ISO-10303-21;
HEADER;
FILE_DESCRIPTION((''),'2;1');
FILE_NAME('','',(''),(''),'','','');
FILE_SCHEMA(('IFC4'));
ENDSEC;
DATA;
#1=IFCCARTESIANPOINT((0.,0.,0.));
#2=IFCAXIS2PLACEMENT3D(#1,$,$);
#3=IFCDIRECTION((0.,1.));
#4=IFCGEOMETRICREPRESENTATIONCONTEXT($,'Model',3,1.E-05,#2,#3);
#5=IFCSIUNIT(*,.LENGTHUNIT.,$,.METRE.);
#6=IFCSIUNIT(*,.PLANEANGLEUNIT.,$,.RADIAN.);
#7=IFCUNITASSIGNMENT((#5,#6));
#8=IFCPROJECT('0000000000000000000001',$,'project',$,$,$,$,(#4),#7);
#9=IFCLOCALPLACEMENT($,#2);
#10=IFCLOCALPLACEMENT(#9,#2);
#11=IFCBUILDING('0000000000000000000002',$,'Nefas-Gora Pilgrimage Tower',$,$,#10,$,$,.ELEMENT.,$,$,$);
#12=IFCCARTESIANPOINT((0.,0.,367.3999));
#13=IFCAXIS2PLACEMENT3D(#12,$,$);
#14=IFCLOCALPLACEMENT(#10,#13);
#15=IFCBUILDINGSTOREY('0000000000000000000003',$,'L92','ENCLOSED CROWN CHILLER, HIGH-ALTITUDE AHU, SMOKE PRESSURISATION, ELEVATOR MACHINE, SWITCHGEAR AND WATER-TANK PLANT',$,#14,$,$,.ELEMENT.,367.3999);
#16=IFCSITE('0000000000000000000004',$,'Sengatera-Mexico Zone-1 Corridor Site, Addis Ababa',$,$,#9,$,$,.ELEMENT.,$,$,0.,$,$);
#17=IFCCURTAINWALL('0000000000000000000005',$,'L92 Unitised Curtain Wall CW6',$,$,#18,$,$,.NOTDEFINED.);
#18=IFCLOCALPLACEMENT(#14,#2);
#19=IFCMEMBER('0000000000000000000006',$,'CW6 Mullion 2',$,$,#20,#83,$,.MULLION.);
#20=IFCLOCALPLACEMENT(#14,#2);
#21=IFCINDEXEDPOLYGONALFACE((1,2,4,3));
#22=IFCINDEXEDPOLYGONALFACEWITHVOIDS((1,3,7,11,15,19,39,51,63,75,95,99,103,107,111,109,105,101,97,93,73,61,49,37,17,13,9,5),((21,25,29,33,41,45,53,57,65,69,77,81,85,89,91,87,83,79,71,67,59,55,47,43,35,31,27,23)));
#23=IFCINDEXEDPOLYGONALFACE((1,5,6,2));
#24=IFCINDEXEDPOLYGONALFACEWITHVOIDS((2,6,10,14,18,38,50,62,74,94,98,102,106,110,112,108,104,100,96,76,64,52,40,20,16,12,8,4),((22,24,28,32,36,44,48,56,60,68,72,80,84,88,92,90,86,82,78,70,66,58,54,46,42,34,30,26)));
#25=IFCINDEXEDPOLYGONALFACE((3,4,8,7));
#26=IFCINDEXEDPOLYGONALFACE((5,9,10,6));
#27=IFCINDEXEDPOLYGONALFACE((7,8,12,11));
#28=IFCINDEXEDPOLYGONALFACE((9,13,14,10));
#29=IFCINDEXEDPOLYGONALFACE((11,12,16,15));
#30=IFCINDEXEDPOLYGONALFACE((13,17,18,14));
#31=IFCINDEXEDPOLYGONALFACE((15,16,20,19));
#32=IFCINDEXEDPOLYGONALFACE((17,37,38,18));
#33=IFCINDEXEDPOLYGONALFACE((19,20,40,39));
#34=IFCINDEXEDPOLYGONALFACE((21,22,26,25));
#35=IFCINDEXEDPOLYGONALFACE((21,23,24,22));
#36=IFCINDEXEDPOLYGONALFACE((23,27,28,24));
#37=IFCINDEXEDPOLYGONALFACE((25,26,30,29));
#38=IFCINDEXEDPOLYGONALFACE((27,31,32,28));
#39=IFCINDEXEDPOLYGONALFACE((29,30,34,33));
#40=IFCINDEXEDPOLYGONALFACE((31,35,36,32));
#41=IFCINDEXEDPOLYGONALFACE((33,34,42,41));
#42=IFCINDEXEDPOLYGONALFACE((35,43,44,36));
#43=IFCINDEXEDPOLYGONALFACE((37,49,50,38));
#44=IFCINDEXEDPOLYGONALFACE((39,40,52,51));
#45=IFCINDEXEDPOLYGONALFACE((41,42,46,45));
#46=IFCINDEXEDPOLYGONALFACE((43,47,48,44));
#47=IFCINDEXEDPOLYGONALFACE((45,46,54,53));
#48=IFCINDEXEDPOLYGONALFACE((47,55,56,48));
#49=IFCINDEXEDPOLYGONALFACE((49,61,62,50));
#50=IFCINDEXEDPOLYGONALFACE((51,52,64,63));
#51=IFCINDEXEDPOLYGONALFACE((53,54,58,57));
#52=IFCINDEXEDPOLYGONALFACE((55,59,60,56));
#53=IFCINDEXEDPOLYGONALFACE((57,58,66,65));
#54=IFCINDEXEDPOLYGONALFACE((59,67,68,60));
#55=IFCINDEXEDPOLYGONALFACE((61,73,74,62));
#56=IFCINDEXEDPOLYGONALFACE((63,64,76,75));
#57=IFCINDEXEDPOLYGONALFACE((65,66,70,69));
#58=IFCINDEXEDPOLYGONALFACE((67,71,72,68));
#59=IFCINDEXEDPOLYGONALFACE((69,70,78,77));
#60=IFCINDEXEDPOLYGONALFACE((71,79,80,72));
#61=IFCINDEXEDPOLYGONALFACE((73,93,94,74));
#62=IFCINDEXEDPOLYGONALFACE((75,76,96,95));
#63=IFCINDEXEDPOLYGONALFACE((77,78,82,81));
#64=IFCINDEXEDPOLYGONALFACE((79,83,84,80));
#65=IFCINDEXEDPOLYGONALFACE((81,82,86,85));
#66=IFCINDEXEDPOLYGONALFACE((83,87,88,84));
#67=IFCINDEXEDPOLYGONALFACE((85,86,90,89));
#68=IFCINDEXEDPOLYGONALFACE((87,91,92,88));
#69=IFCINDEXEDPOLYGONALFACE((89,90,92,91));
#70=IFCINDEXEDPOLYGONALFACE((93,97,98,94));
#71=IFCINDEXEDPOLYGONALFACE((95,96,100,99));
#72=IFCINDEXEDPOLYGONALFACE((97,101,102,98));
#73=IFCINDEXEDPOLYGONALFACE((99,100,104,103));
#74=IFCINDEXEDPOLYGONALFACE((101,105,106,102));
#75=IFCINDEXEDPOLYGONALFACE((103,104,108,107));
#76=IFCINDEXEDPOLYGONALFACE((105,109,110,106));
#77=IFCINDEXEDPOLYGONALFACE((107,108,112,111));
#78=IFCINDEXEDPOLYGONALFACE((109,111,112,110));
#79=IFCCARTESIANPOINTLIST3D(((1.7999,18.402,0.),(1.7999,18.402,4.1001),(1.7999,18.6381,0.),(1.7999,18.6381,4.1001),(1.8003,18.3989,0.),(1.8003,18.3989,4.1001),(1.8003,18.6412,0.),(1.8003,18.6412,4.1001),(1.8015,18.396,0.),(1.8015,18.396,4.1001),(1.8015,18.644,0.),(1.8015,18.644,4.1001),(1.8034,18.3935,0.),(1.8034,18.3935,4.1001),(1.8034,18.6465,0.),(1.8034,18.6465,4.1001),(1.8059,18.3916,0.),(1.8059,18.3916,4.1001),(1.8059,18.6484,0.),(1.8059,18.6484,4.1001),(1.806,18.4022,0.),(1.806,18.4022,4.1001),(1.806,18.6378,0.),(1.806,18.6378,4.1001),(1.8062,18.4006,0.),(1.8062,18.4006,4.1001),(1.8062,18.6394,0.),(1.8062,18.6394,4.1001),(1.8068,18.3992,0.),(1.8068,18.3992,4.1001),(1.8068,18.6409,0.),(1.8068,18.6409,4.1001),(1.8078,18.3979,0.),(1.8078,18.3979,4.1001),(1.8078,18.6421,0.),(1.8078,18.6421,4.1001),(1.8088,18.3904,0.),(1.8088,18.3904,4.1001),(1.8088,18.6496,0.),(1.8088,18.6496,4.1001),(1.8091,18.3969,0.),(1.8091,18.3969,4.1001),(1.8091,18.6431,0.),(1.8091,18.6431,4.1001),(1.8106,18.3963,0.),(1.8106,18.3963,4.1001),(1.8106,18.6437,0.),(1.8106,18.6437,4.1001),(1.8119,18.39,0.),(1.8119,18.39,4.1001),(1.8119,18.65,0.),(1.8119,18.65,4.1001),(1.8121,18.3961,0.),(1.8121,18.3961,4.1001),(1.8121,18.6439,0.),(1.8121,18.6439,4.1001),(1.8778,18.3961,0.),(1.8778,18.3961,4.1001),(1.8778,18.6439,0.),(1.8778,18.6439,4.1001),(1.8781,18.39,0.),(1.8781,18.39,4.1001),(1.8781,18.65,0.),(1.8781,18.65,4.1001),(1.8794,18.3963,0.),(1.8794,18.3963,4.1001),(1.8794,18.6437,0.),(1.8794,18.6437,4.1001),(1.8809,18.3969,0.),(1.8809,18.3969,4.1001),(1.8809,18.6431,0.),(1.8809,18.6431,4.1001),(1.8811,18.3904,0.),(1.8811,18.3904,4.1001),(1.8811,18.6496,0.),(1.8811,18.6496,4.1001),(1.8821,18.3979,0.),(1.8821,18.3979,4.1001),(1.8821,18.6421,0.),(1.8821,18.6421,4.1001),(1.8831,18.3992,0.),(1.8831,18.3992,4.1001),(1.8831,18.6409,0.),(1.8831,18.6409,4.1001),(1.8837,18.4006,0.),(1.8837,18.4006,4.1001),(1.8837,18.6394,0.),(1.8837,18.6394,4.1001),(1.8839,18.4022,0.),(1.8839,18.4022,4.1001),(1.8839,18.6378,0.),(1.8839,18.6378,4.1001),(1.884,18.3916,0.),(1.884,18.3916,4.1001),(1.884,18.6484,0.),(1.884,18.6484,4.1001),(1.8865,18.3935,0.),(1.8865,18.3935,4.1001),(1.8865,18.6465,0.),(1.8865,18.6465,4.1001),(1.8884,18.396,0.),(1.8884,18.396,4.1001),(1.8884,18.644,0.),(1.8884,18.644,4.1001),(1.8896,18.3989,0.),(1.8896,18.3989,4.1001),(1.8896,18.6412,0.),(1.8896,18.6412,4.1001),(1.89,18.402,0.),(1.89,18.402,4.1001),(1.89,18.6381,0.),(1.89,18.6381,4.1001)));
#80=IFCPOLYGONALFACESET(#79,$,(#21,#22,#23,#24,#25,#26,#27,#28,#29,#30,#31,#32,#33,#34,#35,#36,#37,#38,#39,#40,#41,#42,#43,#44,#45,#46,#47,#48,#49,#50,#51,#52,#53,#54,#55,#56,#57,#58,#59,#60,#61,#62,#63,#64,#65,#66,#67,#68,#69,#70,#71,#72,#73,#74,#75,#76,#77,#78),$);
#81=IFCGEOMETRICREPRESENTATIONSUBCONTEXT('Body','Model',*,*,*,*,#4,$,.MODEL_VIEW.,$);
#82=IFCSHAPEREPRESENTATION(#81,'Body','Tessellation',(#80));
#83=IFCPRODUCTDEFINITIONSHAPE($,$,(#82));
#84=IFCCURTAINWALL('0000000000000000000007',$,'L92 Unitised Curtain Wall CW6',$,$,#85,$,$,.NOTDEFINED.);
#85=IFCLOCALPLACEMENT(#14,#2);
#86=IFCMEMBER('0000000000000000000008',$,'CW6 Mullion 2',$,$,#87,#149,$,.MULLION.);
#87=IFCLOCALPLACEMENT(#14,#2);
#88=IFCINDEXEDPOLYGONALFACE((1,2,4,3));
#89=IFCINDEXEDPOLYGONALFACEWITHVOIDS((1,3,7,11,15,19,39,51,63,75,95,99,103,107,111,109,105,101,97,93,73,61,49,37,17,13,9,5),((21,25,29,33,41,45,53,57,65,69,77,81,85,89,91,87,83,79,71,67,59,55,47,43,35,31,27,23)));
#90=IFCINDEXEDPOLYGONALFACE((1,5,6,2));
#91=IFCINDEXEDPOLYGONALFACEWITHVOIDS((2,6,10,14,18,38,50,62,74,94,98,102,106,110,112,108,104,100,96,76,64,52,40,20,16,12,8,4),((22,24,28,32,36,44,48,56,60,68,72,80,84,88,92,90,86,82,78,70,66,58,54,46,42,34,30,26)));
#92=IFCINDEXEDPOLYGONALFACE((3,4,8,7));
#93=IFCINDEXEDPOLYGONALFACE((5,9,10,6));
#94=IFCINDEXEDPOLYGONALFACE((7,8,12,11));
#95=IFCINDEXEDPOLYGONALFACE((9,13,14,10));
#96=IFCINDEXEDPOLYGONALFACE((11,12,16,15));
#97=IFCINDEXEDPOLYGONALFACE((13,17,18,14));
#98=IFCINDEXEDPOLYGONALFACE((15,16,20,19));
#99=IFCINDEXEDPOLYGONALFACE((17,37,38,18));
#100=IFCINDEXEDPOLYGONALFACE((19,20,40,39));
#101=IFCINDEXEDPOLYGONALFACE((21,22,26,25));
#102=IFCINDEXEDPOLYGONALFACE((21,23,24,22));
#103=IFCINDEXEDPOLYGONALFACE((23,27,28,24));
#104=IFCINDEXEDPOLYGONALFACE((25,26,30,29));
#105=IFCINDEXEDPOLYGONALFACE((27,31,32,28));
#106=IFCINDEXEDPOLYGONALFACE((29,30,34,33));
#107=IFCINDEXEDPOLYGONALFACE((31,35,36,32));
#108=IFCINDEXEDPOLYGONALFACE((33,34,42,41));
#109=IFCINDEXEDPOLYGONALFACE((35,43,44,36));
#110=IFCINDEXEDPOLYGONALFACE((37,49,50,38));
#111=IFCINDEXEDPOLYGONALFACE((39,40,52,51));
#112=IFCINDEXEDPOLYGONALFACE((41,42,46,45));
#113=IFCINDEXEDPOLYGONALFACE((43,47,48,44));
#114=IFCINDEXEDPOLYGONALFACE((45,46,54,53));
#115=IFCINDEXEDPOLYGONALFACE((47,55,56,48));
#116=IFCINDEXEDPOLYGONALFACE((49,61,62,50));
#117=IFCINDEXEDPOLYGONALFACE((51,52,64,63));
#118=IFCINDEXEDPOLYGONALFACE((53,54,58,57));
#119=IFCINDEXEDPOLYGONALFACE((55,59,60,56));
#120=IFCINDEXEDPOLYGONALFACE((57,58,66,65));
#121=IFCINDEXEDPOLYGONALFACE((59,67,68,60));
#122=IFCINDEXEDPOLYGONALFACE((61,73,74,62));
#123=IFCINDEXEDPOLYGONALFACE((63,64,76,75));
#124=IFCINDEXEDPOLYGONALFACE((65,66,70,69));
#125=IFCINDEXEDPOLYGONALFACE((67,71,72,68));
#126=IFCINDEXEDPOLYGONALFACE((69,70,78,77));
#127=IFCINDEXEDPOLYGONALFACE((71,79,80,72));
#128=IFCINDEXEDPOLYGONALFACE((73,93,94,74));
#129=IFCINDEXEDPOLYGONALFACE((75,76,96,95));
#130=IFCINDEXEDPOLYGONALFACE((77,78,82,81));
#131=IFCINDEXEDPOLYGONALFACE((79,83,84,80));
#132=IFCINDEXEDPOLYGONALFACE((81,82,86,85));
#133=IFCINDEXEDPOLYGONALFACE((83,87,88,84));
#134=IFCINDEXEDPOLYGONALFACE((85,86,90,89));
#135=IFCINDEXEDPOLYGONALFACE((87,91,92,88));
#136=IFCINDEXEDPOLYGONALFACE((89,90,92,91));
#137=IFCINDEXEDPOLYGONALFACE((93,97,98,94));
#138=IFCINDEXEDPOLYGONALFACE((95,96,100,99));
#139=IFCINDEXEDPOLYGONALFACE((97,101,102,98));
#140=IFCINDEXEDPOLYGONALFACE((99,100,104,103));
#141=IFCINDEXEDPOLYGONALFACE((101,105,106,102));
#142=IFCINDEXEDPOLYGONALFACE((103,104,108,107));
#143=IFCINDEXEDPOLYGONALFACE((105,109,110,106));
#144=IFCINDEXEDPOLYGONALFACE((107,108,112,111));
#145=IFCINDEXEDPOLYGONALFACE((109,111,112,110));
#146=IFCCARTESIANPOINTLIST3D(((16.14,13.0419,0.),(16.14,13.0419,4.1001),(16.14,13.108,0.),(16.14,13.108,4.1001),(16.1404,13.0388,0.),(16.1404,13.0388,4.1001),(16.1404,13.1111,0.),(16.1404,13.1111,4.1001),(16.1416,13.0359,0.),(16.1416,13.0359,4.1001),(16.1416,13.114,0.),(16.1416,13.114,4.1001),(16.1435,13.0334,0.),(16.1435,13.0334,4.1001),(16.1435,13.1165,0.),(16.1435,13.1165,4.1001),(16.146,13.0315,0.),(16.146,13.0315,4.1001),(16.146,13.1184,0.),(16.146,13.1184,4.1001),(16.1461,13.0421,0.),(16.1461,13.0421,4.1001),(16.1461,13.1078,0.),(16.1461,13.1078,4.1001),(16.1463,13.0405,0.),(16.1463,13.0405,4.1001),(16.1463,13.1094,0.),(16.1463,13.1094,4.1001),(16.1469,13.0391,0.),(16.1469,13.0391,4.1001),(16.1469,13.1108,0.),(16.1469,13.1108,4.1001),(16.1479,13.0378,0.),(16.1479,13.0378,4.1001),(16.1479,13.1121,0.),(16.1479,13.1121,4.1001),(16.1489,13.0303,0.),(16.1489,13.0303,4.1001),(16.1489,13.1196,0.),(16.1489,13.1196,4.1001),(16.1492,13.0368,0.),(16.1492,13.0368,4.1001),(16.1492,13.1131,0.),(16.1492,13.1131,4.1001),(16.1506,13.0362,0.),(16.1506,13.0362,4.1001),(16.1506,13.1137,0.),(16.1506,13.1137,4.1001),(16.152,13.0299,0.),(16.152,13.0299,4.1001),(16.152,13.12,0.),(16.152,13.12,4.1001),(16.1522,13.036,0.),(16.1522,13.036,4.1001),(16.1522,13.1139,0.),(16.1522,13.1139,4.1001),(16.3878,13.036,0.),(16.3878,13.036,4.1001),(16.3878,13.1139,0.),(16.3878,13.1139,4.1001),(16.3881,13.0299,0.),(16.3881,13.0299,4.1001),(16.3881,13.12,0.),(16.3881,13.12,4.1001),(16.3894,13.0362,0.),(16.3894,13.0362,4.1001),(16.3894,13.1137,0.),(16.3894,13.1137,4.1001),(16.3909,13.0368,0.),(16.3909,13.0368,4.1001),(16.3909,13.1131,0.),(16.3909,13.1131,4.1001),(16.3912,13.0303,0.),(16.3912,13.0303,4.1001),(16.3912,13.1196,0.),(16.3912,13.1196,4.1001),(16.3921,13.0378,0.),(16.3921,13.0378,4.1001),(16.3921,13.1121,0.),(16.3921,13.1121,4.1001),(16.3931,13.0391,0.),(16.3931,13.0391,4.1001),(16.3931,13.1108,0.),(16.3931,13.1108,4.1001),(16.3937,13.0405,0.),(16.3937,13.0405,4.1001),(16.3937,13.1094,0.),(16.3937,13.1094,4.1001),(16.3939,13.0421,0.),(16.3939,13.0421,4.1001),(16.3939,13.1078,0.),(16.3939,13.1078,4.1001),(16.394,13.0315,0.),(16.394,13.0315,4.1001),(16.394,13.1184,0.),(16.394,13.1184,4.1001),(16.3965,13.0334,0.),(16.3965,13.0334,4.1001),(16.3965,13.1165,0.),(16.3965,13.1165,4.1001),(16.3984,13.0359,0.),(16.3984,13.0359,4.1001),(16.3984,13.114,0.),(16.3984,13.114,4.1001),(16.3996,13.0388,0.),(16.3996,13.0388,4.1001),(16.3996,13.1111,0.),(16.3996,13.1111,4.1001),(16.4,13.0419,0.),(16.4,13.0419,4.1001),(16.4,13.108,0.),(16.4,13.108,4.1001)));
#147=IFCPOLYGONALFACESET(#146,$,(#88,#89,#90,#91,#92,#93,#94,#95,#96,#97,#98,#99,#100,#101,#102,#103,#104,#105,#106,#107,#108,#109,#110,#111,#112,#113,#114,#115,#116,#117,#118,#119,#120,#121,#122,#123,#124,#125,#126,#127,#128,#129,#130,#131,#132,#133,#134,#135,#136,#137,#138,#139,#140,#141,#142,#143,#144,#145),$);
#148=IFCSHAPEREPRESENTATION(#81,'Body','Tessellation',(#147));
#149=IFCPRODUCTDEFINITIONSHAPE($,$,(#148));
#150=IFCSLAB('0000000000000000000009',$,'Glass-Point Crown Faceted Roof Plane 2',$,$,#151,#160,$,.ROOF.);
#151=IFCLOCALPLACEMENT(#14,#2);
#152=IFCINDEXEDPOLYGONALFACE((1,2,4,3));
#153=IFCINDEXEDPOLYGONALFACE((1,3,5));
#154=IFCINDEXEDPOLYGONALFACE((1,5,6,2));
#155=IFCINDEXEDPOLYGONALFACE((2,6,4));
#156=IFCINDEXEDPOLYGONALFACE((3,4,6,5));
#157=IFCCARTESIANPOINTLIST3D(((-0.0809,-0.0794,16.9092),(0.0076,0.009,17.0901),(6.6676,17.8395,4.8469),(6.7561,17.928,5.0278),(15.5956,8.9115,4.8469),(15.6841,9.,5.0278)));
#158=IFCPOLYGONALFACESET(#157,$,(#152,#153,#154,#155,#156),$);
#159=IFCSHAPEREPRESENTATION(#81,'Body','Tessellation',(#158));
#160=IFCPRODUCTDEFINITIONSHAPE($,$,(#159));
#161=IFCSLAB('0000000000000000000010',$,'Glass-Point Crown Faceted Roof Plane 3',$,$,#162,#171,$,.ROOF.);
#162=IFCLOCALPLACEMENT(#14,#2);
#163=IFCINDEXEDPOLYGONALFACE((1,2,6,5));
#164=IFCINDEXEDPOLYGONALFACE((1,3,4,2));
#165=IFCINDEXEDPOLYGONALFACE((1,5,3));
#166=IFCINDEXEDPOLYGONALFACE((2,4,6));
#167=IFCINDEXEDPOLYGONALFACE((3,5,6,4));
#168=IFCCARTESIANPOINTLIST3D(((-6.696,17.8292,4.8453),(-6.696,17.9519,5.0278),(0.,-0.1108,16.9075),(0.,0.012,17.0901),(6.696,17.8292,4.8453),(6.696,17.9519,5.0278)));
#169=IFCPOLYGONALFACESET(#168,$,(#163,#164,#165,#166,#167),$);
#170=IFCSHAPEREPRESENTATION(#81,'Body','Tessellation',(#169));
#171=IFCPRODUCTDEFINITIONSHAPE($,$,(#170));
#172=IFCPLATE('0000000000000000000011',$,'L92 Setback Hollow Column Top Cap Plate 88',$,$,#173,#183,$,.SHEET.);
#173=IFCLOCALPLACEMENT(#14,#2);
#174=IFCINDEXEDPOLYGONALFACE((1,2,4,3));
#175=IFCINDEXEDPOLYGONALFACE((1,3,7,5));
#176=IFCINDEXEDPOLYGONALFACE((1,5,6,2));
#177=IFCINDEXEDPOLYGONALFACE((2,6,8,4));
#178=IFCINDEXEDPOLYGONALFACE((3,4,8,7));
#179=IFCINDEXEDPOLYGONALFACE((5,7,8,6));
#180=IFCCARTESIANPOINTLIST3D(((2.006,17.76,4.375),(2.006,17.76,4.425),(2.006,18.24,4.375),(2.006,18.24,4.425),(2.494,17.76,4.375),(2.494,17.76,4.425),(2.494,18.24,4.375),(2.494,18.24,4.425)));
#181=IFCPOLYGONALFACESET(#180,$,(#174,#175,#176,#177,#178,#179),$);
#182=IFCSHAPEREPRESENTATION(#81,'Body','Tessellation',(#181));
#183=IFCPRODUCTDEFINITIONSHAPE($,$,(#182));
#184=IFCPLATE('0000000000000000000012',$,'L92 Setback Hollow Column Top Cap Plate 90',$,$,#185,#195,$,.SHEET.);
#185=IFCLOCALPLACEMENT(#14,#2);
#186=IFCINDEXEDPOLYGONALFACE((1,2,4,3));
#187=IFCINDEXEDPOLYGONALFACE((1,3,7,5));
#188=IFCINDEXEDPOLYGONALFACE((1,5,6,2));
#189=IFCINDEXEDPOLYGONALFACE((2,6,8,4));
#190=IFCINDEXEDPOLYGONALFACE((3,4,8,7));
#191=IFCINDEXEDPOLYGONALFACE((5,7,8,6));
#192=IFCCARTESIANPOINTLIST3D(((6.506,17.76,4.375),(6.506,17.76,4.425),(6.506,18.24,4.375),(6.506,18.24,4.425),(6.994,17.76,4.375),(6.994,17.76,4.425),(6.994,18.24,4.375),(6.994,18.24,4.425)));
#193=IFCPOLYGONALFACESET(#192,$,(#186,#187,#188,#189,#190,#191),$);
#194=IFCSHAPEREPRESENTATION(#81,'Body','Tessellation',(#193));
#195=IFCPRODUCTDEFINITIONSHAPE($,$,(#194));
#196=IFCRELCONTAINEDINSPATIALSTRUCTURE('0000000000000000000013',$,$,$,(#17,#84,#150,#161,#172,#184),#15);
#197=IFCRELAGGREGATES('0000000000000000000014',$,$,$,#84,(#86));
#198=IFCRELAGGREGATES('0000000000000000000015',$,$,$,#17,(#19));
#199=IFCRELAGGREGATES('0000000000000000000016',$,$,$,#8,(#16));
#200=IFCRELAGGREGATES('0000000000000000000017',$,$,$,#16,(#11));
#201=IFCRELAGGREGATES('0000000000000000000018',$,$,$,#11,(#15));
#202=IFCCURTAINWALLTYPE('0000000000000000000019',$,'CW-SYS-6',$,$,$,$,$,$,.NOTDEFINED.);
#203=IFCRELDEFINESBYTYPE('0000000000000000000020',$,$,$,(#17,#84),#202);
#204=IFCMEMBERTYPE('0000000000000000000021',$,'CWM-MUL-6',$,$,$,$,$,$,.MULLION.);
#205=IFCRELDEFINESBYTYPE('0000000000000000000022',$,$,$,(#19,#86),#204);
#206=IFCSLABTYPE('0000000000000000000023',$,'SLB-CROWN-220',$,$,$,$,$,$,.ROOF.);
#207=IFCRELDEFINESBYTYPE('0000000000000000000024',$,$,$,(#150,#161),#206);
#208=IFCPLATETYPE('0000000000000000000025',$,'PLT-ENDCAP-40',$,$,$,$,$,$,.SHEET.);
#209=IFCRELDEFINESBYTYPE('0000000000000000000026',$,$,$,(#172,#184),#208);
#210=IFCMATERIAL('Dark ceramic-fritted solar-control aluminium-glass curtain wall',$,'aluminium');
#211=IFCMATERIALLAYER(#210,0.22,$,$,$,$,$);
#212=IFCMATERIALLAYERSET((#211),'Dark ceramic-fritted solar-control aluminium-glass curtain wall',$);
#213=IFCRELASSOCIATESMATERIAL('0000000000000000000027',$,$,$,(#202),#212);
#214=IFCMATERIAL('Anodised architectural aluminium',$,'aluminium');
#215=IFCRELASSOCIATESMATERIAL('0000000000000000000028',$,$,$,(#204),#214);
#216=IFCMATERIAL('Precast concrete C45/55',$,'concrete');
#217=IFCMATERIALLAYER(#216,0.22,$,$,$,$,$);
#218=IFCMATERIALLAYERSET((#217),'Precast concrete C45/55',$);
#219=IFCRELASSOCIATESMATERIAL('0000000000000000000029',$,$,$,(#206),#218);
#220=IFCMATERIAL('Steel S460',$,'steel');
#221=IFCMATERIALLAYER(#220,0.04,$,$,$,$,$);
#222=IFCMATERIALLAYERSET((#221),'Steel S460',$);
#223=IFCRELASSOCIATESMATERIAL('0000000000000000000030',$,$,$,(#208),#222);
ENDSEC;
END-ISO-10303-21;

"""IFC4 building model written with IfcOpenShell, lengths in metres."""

from ifc_helpers import new_model, si_unit, direction, frame, origin, origin_2d, place, context, subcontext, project, spatial, polyline, rectangle, hollow_rectangle, outline, extrude, source, transform, mapped, material, layer, layer_set, material_profile, profile_set, type_object, element, aggregate, save


model = new_model("IFC4")

# Units and contexts
model_context = context("Model", 3, precision=1e-05, world=origin(), true_north=direction((0.0, 1.0)))
body_context = subcontext(model_context, "Body", "Model", "MODEL_VIEW")
ifc_project = project(units=[si_unit("LENGTHUNIT", "METRE"), si_unit("PLANEANGLEUNIT", "RADIAN")], contexts=[model_context])

# Site, building, storey
site_placement = place(None, origin())
site = spatial("IfcSite", under=ifc_project, at=site_placement, Name="Sengatera-Mexico Zone-1 Corridor Site, Addis Ababa", CompositionType="ELEMENT", RefElevation=0.0)
building_placement = place(site_placement, origin())
building = spatial("IfcBuilding", under=site, at=building_placement, Name="Nefas-Gora Pilgrimage Tower", CompositionType="ELEMENT")
storey_placement = place(building_placement, frame((0.0, 0.0, 367.3999)))
storey = spatial("IfcBuildingStorey", under=building, at=storey_placement, Name="L92", Description="ENCLOSED CROWN CHILLER, HIGH-ALTITUDE AHU, SMOKE PRESSURISATION, ELEVATOR MACHINE, SWITCHGEAR AND WATER-TANK PLANT", CompositionType="ELEMENT", Elevation=367.3999)

# Shared definitions
ifc_material_1 = material(Name="Steel S460", Category="steel")

# Curtain wall, member
ifc_material_2 = material(Name="Dark ceramic-fritted solar-control aluminium-glass curtain wall", Category="aluminium")
ifc_layer_1 = layer(ifc_material_2, 0.22)
ifc_layer_set_1 = layer_set([ifc_layer_1], Name="Dark ceramic-fritted solar-control aluminium-glass curtain wall")
curtain_wall_type = type_object("IfcCurtainWallType", Name="CW-SYS-6", PredefinedType="NOTDEFINED", material=ifc_layer_set_1)
curtain_wall_1_placement = place(storey_placement, origin())
curtain_wall_1 = element("IfcCurtainWall", 1, at=curtain_wall_1_placement, inside=storey, type_object=curtain_wall_type, Name="L92 Unitised Curtain Wall CW6", PredefinedType="NOTDEFINED")
ifc_material_3 = material(Name="Anodised architectural aluminium", Category="aluminium")
ifc_material_profile_1 = material_profile(ifc_material_3, hollow_rectangle(XDim=0.0901, YDim=0.26, WallThickness=0.0061, InnerFilletRadius=0.0061, OuterFilletRadius=0.012, at=origin_2d()), Name="ALU MULLION 90x260")
ifc_profile_set_1 = profile_set([ifc_material_profile_1], Name="Anodised architectural aluminium")
member_type_1 = type_object("IfcMemberType", Name="CWM-MUL-6", PredefinedType="MULLION", material=ifc_profile_set_1)
shared_shape_1 = source(origin(), body_context, "Body", "SweptSolid", [
    extrude(hollow_rectangle(XDim=0.0901, YDim=0.26, WallThickness=0.0061, InnerFilletRadius=0.0061, OuterFilletRadius=0.012, at=origin_2d()), origin(), (0.0, 0.0, 1.0), 4.1001),
])
member_1_placement = place(storey_placement, frame((1.845, 18.52, 0.0), z_axis=(0.0, 0.0, 1.0), x_axis=(-1.0, 0.0, 0.0)))
member_1 = element("IfcMember", 2, at=member_1_placement, type_object=member_type_1, Name="CW6 Mullion 2", PredefinedType="MULLION", context=body_context, shape_type="MappedRepresentation", body=[
    mapped(shared_shape_1, transform((0.0, 0.0, 0.0), x_axis=(1.0, 0.0, 0.0), y_axis=(0.0, 1.0, 0.0), z_axis=(0.0, 0.0, 1.0), scale=1.0)),
])

# Curtain wall, member
curtain_wall_2_placement = place(storey_placement, origin())
curtain_wall_2 = element("IfcCurtainWall", 3, at=curtain_wall_2_placement, inside=storey, type_object=curtain_wall_type, Name="L92 Unitised Curtain Wall CW6", PredefinedType="NOTDEFINED")
member_2_placement = place(storey_placement, frame((16.27, 13.075, 0.0), z_axis=(0.0, 0.0, 1.0), x_axis=(0.0, 1.0, 0.0)))
member_2 = element("IfcMember", 4, at=member_2_placement, type_object=member_type_1, Name="CW6 Mullion 2", PredefinedType="MULLION", context=body_context, shape_type="MappedRepresentation", body=[
    mapped(shared_shape_1, transform((0.0, 0.0, 0.0), x_axis=(1.0, 0.0, 0.0), y_axis=(0.0, 1.0, 0.0), z_axis=(0.0, 0.0, 1.0), scale=1.0)),
])
aggregate(curtain_wall_2, [member_2])

# Slabs
ifc_material_4 = material(Name="Precast concrete C45/55", Category="concrete")
ifc_layer_2 = layer(ifc_material_4, 0.22)
ifc_layer_set_2 = layer_set([ifc_layer_2], Name="Precast concrete C45/55")
slab_type = type_object("IfcSlabType", Name="SLB-CROWN-220", PredefinedType="ROOF", material=ifc_layer_set_2)
slab_1_placement = place(storey_placement, frame((15.6841, 9.0, 5.0278), z_axis=(0.402191, 0.402191, 0.822487), x_axis=(-0.707107, 0.707107, 0.0)))
element("IfcSlab", 5, at=slab_1_placement, inside=storey, type_object=slab_type, Name="Glass-Point Crown Faceted Roof Plane 2", PredefinedType="ROOF", context=body_context, shape_type="SweptSolid", body=[
    extrude(outline(polyline([(0.0, 0.0), (12.6261, 0.0), (4.7274, 21.2071), (0.0, 0.0)])), origin(), (0.0, 0.0, -1.0), 0.22),
])
slab_2_placement = place(storey_placement, frame((6.696, 17.9519, 5.0278), z_axis=(0.0, 0.557972, 0.82986), x_axis=(-1.0, 0.0, 0.0)))
element("IfcSlab", 6, at=slab_2_placement, inside=storey, type_object=slab_type, Name="Glass-Point Crown Faceted Roof Plane 3", PredefinedType="ROOF", context=body_context, shape_type="SweptSolid", body=[
    extrude(outline(polyline([(0.0, 0.0), (13.3921, 0.0), (6.696, 21.618), (0.0, 0.0)])), origin(), (0.0, 0.0, -1.0), 0.22),
])

# Plates
ifc_layer_3 = layer(ifc_material_1, 0.04)
ifc_layer_set_3 = layer_set([ifc_layer_3], Name="Steel S460")
plate_type_1 = type_object("IfcPlateType", Name="PLT-ENDCAP-40", PredefinedType="SHEET", material=ifc_layer_set_3)
shared_shape_2 = source(origin(), body_context, "Body", "SweptSolid", [
    extrude(rectangle(XDim=0.488, YDim=0.48, at=origin_2d()), origin(), (0.0, 0.0, 1.0), 0.05),
])
for number, where, z_axis, x_axis, name in (
    (7, (2.25, 18.0, 4.375), (0.0, 0.0, 1.0), (1.0, 0.0, 0.0), "L92 Setback Hollow Column Top Cap Plate 88"),
    (8, (6.75, 18.0, 4.375), (0.0, 0.0, 1.0), (1.0, 0.0, 0.0), "L92 Setback Hollow Column Top Cap Plate 90"),
):
    element("IfcPlate", number, at=place(storey_placement, frame(where, z_axis=z_axis, x_axis=x_axis)), inside=storey, type_object=plate_type_1, Name=name, PredefinedType="SHEET", context=body_context, shape_type="MappedRepresentation", body=[
        mapped(shared_shape_2, transform((0.0, 0.0, 0.0), x_axis=(1.0, 0.0, 0.0), y_axis=(0.0, 1.0, 0.0), z_axis=(0.0, 0.0, 1.0), scale=1.0)),
    ])

aggregate(curtain_wall_1, [member_1])

save(model, "model.ifc")
